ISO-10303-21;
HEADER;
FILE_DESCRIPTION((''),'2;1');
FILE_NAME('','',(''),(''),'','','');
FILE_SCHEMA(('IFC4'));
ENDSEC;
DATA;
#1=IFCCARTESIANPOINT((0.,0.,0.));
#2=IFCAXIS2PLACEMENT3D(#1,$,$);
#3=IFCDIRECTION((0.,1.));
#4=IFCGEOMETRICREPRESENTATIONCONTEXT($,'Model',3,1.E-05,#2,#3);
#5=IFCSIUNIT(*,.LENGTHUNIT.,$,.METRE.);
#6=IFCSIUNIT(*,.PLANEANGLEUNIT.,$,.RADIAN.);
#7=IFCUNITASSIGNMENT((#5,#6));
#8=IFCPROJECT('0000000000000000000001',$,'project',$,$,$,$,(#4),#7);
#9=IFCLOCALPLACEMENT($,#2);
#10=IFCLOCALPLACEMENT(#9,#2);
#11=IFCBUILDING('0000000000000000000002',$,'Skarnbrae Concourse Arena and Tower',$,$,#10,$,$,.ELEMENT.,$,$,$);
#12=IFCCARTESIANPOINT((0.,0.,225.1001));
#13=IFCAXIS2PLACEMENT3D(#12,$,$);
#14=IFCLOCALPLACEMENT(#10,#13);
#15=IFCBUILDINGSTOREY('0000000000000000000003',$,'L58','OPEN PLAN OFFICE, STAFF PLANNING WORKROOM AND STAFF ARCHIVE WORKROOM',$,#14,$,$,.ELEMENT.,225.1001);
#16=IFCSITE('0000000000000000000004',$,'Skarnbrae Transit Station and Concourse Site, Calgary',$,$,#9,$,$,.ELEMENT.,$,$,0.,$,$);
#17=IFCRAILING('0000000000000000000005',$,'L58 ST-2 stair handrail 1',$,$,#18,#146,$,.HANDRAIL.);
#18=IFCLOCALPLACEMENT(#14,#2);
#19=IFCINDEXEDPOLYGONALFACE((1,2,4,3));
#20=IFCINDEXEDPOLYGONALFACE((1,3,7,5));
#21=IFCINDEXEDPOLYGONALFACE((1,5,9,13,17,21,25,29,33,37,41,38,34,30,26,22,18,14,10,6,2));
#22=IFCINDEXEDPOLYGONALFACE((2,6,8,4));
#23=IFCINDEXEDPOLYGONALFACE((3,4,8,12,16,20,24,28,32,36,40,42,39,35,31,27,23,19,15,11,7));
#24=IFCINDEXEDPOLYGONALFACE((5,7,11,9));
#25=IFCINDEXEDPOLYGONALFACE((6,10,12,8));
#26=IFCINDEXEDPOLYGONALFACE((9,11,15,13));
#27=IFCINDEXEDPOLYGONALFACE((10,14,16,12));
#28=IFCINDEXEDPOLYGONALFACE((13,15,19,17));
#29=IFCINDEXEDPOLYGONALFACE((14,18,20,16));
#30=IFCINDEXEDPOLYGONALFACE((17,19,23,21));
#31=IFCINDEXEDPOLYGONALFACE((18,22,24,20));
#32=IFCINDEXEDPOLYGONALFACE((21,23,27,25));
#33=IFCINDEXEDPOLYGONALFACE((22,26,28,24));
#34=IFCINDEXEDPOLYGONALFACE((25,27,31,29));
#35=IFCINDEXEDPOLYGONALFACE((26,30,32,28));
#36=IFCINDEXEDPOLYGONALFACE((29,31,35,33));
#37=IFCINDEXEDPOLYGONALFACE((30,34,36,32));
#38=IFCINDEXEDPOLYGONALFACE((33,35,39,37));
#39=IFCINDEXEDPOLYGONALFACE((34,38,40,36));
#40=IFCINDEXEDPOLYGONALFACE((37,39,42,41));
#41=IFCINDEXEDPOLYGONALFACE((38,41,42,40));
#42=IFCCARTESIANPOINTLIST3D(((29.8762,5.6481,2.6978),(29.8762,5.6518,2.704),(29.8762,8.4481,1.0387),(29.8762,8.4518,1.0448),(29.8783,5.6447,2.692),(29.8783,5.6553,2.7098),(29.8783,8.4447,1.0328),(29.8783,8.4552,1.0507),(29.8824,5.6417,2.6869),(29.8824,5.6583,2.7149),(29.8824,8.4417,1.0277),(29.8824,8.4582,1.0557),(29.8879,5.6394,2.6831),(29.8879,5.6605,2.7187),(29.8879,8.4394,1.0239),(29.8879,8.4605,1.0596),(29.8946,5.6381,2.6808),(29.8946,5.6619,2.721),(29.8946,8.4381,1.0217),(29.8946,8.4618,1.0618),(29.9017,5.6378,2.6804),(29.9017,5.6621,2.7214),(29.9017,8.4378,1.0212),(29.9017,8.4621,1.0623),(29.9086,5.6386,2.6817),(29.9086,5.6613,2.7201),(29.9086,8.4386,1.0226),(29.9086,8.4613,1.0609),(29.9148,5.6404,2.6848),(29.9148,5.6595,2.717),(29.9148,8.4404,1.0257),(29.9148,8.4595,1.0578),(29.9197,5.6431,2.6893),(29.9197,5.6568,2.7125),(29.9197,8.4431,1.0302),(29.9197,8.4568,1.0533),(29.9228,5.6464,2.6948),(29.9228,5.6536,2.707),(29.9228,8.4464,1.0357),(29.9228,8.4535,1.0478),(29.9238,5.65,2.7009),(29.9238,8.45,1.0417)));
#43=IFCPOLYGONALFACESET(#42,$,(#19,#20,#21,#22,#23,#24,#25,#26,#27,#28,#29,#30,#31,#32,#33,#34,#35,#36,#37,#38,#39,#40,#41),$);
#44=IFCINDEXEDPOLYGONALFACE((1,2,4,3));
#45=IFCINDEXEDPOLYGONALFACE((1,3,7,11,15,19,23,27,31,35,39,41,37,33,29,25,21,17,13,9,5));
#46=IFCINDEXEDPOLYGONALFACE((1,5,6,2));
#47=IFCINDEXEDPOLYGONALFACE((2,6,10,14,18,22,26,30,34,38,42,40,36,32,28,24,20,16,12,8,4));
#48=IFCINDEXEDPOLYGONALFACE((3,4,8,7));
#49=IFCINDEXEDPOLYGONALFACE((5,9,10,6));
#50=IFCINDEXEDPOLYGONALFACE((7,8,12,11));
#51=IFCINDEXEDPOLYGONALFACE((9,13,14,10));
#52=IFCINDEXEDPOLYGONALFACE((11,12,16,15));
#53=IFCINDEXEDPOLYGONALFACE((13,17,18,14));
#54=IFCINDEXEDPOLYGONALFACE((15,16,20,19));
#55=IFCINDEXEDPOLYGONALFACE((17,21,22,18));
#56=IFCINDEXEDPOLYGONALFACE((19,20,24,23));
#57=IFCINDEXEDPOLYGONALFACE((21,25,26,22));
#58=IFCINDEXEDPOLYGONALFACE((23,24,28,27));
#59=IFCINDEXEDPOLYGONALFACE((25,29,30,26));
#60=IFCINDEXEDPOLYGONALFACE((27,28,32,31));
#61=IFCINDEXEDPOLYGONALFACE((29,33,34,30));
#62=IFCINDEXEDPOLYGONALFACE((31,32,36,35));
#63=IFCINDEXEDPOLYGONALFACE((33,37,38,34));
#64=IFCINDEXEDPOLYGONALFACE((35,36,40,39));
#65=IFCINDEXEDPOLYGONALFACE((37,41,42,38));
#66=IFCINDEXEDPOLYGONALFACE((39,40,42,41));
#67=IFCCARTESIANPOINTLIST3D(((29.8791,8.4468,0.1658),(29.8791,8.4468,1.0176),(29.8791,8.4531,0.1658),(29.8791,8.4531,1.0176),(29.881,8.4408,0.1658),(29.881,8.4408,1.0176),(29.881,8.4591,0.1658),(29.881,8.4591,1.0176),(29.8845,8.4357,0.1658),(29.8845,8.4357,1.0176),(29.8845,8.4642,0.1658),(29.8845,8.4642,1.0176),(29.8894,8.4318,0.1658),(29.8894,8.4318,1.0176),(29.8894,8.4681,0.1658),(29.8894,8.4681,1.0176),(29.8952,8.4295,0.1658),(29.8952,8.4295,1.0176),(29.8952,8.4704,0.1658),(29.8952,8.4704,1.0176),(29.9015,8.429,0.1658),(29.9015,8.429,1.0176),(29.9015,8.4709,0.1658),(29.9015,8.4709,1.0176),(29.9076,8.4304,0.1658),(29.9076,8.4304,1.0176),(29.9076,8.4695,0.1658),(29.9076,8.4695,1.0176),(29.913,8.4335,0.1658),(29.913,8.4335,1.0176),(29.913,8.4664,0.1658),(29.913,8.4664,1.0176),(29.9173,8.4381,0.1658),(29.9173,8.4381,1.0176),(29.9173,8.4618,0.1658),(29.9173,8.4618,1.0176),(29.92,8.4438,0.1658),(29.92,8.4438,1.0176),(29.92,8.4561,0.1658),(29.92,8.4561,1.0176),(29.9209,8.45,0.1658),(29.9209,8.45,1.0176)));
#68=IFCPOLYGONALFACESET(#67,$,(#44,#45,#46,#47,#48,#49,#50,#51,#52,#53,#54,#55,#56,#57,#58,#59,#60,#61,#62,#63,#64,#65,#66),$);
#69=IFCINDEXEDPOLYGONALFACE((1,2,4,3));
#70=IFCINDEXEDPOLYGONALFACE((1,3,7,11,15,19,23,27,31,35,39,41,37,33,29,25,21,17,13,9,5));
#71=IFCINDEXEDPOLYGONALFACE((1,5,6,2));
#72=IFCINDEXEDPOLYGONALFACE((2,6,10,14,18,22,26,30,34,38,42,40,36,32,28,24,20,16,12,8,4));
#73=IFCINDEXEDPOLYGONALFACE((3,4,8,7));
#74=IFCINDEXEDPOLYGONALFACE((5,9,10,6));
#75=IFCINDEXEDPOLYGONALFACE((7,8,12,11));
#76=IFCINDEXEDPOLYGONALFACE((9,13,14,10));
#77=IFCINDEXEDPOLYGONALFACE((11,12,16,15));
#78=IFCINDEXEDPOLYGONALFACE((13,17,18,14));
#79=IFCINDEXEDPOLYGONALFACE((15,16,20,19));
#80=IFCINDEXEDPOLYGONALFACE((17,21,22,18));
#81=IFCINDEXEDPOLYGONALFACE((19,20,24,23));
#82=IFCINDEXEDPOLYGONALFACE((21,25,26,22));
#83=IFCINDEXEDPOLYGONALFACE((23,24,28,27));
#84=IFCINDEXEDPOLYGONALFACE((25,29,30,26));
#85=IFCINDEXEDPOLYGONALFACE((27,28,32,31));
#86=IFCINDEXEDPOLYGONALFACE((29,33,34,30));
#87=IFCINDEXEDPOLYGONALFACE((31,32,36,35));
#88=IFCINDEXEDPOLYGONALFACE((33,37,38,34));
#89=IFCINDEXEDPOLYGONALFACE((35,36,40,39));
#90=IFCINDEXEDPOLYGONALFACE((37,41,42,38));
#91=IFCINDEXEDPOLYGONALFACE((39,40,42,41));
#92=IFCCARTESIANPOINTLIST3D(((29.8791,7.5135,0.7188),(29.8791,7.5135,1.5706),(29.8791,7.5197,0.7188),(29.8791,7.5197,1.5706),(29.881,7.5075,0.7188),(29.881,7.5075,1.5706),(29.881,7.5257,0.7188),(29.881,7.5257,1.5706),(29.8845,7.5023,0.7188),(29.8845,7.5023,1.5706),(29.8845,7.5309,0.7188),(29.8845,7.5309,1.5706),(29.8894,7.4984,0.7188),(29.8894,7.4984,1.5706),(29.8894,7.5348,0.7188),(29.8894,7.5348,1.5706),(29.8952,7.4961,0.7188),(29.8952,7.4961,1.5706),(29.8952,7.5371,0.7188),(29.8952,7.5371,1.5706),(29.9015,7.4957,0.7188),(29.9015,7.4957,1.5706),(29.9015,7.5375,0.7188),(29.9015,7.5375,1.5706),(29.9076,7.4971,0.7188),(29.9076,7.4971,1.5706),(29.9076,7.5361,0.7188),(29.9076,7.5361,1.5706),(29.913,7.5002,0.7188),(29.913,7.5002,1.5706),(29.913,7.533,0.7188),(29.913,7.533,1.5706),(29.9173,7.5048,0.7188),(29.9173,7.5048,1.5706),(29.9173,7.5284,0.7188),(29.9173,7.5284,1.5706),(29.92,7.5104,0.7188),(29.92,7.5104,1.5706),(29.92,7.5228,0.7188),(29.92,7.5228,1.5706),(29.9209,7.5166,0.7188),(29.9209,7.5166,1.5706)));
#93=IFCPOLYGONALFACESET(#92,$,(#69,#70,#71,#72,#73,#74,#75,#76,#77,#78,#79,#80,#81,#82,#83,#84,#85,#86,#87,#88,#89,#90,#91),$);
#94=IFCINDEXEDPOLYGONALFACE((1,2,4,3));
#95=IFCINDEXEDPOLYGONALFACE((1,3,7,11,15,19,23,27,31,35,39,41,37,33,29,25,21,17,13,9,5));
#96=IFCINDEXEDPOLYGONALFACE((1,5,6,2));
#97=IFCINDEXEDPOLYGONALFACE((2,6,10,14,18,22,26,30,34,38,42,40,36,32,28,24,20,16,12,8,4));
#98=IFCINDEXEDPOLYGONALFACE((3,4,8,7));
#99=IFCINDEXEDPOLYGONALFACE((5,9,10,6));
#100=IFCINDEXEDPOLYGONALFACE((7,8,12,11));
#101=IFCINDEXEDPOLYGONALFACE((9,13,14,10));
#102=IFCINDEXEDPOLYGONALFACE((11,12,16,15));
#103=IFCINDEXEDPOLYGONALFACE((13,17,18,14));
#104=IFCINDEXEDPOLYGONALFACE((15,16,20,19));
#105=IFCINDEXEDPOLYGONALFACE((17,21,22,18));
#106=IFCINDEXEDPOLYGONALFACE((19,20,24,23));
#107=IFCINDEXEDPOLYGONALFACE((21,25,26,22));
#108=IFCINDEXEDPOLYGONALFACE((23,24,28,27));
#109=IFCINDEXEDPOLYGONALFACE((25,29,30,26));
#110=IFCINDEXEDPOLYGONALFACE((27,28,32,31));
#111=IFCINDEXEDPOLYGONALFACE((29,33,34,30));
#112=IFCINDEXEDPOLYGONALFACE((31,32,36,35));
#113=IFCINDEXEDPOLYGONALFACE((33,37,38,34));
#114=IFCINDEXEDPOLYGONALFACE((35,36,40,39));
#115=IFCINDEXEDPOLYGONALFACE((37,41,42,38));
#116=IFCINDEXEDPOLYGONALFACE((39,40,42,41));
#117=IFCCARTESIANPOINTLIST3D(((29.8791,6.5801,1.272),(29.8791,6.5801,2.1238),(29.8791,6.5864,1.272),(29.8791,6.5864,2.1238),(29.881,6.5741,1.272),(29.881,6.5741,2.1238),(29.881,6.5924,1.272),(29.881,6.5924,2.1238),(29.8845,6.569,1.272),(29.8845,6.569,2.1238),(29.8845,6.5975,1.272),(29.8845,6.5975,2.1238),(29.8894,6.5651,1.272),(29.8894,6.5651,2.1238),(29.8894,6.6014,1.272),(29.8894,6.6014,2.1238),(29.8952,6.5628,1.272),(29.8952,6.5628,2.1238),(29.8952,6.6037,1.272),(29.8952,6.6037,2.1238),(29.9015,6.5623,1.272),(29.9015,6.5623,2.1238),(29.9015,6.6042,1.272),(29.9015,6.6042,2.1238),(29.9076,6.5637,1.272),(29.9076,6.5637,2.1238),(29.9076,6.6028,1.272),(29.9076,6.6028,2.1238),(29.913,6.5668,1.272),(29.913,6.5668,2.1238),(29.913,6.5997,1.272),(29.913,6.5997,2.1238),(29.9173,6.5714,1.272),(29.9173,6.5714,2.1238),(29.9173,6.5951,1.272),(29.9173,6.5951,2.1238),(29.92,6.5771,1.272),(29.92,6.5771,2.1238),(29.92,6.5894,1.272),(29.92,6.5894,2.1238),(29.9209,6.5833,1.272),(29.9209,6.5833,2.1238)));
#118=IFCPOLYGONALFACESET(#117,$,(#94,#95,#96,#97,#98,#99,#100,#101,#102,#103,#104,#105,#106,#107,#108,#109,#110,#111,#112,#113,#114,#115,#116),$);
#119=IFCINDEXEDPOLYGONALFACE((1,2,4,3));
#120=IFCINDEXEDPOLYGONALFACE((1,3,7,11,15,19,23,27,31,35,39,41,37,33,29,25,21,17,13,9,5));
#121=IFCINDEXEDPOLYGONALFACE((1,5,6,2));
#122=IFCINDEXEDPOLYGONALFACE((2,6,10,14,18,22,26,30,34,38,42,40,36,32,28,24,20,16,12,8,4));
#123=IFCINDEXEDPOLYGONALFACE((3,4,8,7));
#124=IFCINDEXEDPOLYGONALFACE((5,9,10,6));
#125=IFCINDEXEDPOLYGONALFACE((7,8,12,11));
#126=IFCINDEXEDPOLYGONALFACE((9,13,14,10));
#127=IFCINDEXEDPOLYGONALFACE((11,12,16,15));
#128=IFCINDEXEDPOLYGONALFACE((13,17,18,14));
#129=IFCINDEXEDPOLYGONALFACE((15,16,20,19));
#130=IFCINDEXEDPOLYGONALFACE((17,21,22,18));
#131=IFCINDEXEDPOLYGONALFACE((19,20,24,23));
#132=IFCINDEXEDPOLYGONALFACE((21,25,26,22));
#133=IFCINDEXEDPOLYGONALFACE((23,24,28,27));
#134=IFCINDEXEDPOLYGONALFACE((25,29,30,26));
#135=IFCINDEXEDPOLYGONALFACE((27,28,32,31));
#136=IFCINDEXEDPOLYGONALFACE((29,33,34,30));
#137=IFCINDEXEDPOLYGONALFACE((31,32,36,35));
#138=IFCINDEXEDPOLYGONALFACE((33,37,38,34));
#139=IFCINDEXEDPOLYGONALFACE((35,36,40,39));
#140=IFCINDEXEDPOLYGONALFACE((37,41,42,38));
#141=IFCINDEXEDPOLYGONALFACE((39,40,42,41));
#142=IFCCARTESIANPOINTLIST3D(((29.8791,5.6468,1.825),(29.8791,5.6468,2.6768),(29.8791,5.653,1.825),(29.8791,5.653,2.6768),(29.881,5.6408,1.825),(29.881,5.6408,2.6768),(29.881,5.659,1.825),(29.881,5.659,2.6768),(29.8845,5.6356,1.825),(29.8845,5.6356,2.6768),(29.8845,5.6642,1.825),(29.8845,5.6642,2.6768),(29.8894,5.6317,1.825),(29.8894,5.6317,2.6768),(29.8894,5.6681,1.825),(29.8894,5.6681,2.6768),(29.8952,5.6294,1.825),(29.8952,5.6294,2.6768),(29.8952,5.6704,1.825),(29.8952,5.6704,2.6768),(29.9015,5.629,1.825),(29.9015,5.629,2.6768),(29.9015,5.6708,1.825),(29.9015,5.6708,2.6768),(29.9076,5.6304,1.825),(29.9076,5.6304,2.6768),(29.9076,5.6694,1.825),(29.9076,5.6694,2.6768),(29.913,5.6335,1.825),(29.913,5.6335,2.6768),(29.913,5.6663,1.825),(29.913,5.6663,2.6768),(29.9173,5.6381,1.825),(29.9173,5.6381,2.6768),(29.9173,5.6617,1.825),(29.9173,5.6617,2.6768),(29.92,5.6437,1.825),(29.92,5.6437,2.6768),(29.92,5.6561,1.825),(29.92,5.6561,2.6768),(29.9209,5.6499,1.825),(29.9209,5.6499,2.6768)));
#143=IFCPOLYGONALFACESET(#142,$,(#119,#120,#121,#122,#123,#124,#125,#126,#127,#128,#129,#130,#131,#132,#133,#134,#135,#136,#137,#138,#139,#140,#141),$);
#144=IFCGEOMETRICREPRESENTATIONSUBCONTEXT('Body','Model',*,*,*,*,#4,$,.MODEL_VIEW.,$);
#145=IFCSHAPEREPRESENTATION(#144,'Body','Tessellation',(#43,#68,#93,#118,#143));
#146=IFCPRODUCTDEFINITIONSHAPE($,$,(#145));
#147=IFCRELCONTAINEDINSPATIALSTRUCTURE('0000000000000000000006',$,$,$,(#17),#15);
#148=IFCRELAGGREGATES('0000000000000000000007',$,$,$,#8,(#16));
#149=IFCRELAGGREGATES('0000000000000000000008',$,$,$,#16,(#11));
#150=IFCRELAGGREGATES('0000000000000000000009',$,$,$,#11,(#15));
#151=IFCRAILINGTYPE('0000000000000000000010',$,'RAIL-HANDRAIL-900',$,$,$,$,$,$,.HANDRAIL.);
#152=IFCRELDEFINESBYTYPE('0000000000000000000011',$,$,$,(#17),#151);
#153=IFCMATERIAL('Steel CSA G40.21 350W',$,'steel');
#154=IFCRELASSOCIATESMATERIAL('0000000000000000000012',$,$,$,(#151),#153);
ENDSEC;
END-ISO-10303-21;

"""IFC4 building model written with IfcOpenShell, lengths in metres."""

from ifc_helpers import new_model, si_unit, direction, frame, origin, origin_2d, place, context, subcontext, project, spatial, circle, extrude, material, type_object, element, save


model = new_model("IFC4")

# Units and contexts
model_context = context("Model", 3, precision=1e-05, world=origin(), true_north=direction((0.0, 1.0)))
body_context = subcontext(model_context, "Body", "Model", "MODEL_VIEW")
ifc_project = project(units=[si_unit("LENGTHUNIT", "METRE"), si_unit("PLANEANGLEUNIT", "RADIAN")], contexts=[model_context])

# Site, building, storey
site_placement = place(None, origin())
site = spatial("IfcSite", under=ifc_project, at=site_placement, Name="Skarnbrae Transit Station and Concourse Site, Calgary", CompositionType="ELEMENT", RefElevation=0.0)
building_placement = place(site_placement, origin())
building = spatial("IfcBuilding", under=site, at=building_placement, Name="Skarnbrae Concourse Arena and Tower", CompositionType="ELEMENT")
storey_placement = place(building_placement, frame((0.0, 0.0, 225.1001)))
storey = spatial("IfcBuildingStorey", under=building, at=storey_placement, Name="L58", Description="OPEN PLAN OFFICE, STAFF PLANNING WORKROOM AND STAFF ARCHIVE WORKROOM", CompositionType="ELEMENT", Elevation=225.1001)

# Shared definitions
ifc_material_1 = material(Name="Steel CSA G40.21 350W", Category="steel")

# Railing
railing_type_1 = type_object("IfcRailingType", Name="RAIL-HANDRAIL-900", PredefinedType="HANDRAIL", material=ifc_material_1)
railing_1_placement = place(storey_placement, frame((29.8999, 8.45, 0.1658)))
element("IfcRailing", 1, at=railing_1_placement, inside=storey, type_object=railing_type_1, Name="L58 ST-2 stair handrail 1", PredefinedType="HANDRAIL", context=body_context, shape_type="SweptSolid", body=[
    extrude(circle(Radius=0.0239, at=origin_2d()), frame((0.0, 0.0, 0.876), z_axis=(0.0, -0.860306, 0.509778), x_axis=(1.0, 0.0, 0.0)), (0.0, 0.0, 1.0), 3.2546),
    extrude(circle(Radius=0.021, at=origin_2d()), origin(), (0.0, 0.0, 1.0), 0.8518),
    extrude(circle(Radius=0.021, at=origin_2d()), frame((0.0, -0.9333, 0.553)), (0.0, 0.0, 1.0), 0.8518),
    extrude(circle(Radius=0.021, at=origin_2d()), frame((0.0, -1.8667, 1.1062)), (0.0, 0.0, 1.0), 0.8518),
    extrude(circle(Radius=0.021, at=origin_2d()), frame((0.0, -2.8, 1.6592)), (0.0, 0.0, 1.0), 0.8518),
])

save(model, "model.ifc")
